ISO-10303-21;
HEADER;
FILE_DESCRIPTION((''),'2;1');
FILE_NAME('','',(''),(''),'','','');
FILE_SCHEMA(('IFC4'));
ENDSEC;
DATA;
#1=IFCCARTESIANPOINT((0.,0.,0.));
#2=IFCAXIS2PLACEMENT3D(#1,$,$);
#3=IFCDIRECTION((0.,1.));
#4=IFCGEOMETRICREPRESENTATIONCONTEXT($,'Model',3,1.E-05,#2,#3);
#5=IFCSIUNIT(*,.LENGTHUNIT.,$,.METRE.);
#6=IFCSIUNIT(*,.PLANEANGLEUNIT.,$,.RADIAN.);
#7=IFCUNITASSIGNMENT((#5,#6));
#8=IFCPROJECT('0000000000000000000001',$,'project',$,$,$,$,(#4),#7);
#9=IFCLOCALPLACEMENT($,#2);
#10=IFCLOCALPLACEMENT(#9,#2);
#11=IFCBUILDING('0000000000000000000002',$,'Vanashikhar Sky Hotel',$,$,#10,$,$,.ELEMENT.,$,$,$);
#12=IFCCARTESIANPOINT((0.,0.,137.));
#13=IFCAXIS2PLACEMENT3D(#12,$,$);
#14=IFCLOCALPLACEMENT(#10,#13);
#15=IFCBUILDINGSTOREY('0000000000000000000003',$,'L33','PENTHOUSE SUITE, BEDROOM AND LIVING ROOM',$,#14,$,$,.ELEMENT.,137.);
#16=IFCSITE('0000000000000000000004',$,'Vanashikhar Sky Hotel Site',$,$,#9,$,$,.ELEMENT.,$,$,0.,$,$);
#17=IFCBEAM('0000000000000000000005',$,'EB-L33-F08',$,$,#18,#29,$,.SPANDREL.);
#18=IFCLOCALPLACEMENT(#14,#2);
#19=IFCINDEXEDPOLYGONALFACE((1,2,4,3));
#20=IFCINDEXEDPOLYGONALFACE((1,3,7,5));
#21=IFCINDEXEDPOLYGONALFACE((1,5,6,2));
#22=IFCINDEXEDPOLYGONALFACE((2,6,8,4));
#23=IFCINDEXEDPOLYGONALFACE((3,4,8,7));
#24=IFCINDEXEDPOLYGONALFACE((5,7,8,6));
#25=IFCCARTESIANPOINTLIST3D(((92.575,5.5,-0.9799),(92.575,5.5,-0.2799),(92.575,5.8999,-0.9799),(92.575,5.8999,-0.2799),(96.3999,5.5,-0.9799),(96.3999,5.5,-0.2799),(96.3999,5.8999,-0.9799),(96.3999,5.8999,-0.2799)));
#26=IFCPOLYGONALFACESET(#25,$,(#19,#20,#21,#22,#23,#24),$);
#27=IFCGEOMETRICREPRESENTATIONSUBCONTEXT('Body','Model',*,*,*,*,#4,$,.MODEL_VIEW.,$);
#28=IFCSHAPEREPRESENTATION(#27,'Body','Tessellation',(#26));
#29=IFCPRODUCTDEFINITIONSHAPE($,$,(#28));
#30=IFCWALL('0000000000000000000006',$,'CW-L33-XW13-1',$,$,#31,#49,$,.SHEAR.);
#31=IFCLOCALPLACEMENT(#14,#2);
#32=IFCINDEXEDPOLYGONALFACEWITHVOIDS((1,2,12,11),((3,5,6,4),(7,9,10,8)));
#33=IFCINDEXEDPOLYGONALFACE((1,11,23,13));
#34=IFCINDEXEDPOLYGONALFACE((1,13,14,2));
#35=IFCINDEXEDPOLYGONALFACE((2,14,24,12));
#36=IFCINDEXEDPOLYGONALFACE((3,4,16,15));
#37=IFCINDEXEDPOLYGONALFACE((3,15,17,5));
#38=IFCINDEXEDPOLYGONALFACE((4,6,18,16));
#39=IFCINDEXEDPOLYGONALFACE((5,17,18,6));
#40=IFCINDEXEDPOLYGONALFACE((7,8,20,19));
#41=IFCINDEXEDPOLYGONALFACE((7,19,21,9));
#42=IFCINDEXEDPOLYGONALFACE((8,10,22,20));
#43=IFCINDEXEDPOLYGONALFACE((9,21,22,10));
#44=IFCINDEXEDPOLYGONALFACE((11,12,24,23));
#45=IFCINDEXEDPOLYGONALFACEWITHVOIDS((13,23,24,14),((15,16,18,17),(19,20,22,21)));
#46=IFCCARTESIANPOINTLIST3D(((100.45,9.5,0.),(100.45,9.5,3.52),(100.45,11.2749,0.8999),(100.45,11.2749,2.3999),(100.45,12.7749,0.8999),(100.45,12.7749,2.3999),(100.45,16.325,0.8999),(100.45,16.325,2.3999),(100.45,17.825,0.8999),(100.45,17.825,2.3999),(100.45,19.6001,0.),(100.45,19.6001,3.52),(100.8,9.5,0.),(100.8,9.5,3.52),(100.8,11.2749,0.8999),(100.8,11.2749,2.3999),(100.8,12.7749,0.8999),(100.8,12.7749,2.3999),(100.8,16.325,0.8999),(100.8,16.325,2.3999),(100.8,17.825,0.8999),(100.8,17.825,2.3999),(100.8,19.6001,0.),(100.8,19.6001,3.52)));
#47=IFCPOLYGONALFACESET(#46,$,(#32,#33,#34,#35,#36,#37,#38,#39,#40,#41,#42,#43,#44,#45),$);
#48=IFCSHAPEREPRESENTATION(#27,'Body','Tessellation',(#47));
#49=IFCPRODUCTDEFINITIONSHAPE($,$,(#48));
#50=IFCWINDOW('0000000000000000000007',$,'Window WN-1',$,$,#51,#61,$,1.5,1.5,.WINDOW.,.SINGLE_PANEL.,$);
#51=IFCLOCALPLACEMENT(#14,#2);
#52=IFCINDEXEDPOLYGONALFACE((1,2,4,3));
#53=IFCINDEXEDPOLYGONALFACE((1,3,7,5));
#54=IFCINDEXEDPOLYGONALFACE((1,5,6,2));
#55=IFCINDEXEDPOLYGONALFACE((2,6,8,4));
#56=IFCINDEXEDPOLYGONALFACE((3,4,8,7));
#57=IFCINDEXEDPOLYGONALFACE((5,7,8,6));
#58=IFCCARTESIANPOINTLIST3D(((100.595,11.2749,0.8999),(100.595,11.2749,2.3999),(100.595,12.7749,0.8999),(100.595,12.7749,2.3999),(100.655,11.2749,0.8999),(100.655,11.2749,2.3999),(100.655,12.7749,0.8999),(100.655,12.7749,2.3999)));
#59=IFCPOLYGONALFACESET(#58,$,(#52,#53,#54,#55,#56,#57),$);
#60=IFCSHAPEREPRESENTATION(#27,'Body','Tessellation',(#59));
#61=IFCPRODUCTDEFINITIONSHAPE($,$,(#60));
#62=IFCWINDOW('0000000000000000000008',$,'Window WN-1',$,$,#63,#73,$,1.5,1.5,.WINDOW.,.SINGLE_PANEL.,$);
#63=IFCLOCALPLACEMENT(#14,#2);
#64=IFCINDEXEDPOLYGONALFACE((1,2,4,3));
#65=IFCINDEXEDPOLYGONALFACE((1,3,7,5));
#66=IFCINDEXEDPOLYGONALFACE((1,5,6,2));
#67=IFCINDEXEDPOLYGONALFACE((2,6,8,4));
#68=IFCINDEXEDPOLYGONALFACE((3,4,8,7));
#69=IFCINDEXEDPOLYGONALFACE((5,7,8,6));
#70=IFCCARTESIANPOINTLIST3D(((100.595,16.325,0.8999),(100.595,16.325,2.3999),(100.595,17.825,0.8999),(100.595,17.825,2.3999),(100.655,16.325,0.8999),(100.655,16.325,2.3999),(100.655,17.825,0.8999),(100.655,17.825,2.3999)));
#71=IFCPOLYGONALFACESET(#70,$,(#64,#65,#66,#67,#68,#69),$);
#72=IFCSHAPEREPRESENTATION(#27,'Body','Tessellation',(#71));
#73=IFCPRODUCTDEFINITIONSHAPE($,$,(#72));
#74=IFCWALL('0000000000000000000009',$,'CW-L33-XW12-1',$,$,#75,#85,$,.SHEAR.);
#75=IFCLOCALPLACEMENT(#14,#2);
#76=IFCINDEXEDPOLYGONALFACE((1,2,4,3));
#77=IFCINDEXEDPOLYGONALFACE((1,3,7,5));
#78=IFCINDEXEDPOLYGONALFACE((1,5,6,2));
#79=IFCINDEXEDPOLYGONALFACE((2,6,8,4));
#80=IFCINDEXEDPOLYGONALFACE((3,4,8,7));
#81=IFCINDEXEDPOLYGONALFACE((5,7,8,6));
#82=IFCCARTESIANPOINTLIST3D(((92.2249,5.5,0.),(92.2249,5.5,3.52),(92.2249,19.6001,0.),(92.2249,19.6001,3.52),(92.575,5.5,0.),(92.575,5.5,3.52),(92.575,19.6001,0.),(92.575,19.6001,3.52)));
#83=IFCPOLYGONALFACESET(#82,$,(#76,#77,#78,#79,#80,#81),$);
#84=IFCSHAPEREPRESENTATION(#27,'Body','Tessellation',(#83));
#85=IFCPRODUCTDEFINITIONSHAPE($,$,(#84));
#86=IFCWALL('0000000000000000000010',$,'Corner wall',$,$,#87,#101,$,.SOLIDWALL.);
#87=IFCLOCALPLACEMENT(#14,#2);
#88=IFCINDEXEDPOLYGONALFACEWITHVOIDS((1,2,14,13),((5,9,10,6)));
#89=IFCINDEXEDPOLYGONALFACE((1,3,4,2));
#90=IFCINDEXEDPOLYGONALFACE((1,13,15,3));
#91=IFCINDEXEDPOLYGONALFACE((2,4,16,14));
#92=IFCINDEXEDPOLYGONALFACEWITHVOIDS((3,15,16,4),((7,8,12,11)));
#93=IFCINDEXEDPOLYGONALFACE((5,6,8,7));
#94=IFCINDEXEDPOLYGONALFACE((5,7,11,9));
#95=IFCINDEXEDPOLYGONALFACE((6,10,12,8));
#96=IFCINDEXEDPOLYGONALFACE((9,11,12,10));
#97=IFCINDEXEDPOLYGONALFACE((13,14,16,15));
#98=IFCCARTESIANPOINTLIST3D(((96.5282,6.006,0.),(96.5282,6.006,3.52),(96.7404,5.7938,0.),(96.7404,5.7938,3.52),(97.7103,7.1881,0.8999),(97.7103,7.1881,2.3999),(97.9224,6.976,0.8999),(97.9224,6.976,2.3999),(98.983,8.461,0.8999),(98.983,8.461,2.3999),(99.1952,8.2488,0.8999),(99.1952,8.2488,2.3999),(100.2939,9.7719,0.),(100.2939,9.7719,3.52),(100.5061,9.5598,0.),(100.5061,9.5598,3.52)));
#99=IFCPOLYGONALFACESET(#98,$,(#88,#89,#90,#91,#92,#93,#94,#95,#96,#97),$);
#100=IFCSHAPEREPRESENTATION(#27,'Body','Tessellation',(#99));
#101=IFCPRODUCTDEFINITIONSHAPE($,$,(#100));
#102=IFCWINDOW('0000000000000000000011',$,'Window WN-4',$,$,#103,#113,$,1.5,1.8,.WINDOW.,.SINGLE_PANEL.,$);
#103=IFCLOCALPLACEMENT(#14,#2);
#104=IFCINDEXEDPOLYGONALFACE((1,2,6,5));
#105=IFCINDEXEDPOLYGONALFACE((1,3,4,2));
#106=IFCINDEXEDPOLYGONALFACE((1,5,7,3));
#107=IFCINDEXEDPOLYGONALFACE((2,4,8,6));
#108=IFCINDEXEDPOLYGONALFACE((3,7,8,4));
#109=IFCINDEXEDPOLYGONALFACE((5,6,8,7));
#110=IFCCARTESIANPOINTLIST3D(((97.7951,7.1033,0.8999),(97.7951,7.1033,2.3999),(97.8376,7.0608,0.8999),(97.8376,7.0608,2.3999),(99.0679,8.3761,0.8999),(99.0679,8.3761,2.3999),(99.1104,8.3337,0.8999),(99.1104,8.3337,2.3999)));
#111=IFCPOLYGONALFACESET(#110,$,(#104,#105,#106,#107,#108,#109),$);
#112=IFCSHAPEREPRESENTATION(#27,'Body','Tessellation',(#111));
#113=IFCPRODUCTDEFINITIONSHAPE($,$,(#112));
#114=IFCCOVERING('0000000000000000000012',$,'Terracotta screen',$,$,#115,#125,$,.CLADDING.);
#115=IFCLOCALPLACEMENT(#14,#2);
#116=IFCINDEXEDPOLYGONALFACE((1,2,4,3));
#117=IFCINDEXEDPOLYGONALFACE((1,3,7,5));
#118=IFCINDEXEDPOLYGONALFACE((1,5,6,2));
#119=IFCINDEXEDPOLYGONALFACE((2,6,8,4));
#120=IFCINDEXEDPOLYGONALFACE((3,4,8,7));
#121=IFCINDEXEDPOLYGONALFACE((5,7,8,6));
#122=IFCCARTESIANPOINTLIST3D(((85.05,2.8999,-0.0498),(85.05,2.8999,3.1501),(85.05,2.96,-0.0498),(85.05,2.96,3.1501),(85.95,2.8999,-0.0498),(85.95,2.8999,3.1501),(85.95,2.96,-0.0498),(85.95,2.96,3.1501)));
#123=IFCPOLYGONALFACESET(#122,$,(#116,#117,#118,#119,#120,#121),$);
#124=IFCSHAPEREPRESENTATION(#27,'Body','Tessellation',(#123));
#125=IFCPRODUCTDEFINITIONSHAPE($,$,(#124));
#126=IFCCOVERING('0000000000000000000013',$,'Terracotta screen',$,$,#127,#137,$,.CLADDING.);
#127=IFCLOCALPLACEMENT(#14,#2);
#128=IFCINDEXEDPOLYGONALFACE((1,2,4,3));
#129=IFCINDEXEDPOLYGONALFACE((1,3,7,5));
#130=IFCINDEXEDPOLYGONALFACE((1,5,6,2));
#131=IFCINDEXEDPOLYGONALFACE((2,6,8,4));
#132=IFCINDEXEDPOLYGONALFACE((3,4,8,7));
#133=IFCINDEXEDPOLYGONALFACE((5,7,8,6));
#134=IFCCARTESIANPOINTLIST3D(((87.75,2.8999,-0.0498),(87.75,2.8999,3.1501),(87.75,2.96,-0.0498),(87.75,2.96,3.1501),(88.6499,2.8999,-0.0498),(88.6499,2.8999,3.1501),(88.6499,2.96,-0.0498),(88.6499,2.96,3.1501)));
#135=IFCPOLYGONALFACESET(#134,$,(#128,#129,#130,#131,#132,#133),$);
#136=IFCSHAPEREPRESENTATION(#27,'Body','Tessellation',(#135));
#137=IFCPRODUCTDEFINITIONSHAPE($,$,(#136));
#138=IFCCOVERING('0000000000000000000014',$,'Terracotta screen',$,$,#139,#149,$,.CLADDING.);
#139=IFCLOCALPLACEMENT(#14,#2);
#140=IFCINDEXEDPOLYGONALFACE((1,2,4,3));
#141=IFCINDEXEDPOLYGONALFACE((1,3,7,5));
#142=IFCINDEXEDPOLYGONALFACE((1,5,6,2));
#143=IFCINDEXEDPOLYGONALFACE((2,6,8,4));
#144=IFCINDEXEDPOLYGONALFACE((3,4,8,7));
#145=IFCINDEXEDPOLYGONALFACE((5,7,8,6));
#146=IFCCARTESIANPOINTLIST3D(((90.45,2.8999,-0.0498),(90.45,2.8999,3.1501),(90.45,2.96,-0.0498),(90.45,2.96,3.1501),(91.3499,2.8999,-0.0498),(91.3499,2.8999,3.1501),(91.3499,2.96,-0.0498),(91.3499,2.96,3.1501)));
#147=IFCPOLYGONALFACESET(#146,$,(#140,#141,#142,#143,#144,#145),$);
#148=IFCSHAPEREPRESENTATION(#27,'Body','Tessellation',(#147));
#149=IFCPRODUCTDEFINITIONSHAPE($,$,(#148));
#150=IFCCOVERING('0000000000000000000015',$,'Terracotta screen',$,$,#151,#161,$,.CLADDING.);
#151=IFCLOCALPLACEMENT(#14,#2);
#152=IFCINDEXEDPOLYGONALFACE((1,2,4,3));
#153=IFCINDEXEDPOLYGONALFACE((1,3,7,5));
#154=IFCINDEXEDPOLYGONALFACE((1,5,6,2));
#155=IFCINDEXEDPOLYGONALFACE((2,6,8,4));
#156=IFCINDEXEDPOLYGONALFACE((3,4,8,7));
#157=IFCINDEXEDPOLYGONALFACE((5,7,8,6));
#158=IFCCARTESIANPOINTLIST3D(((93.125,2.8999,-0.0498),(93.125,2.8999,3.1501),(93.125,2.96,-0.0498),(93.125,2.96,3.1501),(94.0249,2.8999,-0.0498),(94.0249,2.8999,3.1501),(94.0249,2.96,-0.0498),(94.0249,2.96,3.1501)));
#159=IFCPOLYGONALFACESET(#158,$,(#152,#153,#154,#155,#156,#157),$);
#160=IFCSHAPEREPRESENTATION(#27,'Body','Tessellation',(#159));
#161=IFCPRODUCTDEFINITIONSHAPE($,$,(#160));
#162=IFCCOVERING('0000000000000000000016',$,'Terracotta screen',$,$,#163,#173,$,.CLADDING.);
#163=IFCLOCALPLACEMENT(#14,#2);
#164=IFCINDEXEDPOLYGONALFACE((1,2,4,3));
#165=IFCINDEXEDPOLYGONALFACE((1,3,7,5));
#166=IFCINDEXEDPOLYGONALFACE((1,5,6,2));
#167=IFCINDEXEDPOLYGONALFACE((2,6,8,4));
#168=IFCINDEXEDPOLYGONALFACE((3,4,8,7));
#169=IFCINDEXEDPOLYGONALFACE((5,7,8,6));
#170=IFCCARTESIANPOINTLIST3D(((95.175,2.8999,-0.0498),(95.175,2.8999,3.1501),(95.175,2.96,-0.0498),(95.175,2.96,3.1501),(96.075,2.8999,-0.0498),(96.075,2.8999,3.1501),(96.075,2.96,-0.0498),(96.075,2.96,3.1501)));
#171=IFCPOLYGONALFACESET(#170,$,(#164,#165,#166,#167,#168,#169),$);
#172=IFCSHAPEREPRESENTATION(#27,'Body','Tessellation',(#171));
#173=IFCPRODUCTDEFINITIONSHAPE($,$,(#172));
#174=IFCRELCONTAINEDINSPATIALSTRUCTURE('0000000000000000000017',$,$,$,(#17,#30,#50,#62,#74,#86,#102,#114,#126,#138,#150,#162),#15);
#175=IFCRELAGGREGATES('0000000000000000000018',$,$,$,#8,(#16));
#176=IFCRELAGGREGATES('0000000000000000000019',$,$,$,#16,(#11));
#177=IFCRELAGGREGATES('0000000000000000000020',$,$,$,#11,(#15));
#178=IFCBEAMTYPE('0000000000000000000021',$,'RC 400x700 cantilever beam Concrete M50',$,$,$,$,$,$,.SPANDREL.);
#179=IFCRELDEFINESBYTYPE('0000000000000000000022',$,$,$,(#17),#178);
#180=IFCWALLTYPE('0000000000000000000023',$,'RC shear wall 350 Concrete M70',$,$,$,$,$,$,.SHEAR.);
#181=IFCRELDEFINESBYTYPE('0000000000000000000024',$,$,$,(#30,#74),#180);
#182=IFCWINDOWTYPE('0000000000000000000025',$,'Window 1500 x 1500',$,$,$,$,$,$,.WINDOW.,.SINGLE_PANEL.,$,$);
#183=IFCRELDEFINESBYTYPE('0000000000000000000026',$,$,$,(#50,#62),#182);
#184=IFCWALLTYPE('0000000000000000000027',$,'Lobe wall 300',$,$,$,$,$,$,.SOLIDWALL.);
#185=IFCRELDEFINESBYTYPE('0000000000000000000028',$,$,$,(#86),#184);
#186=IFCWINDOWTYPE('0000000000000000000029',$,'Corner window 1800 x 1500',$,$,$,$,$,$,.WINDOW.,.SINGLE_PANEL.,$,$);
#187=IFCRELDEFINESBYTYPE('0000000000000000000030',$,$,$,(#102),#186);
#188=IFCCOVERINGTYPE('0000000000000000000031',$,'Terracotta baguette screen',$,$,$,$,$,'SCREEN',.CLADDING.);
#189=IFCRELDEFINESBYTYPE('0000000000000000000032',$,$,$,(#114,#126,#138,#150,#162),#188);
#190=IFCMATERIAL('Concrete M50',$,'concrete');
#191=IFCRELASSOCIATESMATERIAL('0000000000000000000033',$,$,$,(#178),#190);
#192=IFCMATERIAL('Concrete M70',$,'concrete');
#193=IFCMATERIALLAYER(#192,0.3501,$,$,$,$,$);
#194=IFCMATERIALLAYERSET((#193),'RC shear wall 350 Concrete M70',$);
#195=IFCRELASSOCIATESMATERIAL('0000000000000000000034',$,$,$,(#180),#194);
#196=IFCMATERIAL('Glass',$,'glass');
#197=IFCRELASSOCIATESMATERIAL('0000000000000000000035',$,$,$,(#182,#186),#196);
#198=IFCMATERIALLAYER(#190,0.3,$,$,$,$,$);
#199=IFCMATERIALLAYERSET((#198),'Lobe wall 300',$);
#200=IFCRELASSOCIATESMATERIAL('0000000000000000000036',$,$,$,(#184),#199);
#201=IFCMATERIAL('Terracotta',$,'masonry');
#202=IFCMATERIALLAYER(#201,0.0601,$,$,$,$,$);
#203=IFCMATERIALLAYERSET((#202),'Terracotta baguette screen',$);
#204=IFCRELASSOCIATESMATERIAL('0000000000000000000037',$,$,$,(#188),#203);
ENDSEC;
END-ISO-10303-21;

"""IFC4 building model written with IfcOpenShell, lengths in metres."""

from ifc_helpers import new_model, si_unit, direction, frame, frame_2d, origin, origin_2d, place, context, subcontext, project, spatial, rectangle, extrude, source, transform, mapped, material, layer, layer_set, material_profile, profile_set, type_object, element, fill, save


model = new_model("IFC4")

# Units and contexts
model_context = context("Model", 3, precision=1e-05, world=origin(), true_north=direction((0.0, 1.0)))
body_context = subcontext(model_context, "Body", "Model", "MODEL_VIEW")
ifc_project = project(units=[si_unit("LENGTHUNIT", "METRE"), si_unit("PLANEANGLEUNIT", "RADIAN")], contexts=[model_context])

# Site, building, storey
site_placement = place(None, origin())
site = spatial("IfcSite", under=ifc_project, at=site_placement, Name="Vanashikhar Sky Hotel Site", CompositionType="ELEMENT", RefElevation=0.0)
building_placement = place(site_placement, origin())
building = spatial("IfcBuilding", under=site, at=building_placement, Name="Vanashikhar Sky Hotel", CompositionType="ELEMENT")
storey_placement = place(building_placement, frame((0.0, 0.0, 137.0)))
storey = spatial("IfcBuildingStorey", under=building, at=storey_placement, Name="L33", Description="PENTHOUSE SUITE, BEDROOM AND LIVING ROOM", CompositionType="ELEMENT", Elevation=137.0)

# Beam
ifc_material_1 = material(Name="Concrete M50", Category="concrete")
ifc_material_profile = material_profile(ifc_material_1, rectangle(XDim=0.3999, YDim=0.7, at=origin_2d()))
ifc_profile_set = profile_set([ifc_material_profile], Name="RC 400x700 cantilever beam Concrete M50")
beam_type = type_object("IfcBeamType", Name="RC 400x700 cantilever beam Concrete M50", PredefinedType="SPANDREL", material=ifc_profile_set)
shared_shape_1 = source(origin(), body_context, "Body", "SweptSolid", [
    extrude(rectangle(XDim=0.3999, YDim=0.7, at=origin_2d()), origin(), (0.0, 0.0, 1.0), 3.825),
])
beam_placement = place(storey_placement, frame((92.575, 5.7, -0.6299), z_axis=(1.0, 0.0, 0.0), x_axis=(0.0, 1.0, 0.0)))
element("IfcBeam", 1, at=beam_placement, inside=storey, type_object=beam_type, Name="EB-L33-F08", PredefinedType="SPANDREL", context=body_context, shape_type="MappedRepresentation", body=[
    mapped(shared_shape_1, transform((0.0, 0.0, 0.0), scale=1.0)),
])

# Wall, openings, windows
ifc_material_2 = material(Name="Concrete M70", Category="concrete")
ifc_layer_1 = layer(ifc_material_2, 0.3501)
ifc_layer_set_1 = layer_set([ifc_layer_1], Name="RC shear wall 350 Concrete M70")
wall_type_1 = type_object("IfcWallType", Name="RC shear wall 350 Concrete M70", PredefinedType="SHEAR", material=ifc_layer_set_1)
shared_shape_2 = source(origin(), body_context, "Body", "SweptSolid", [
    extrude(rectangle(XDim=10.1001, YDim=0.3501, at=frame_2d((5.05, 0.0))), origin(), (0.0, 0.0, 1.0), 3.52),
])
wall_1_placement = place(storey_placement, frame((100.625, 9.5, 0.0), z_axis=(0.0, 0.0, 1.0), x_axis=(0.0, 1.0, 0.0)))
wall_1 = element("IfcWall", 2, at=wall_1_placement, inside=storey, type_object=wall_type_1, Name="CW-L33-XW13-1", PredefinedType="SHEAR", context=body_context, shape_type="MappedRepresentation", body=[
    mapped(shared_shape_2, transform((0.0, 0.0, 0.0), scale=1.0)),
])
shared_shape_3 = source(origin(), body_context, "Body", "SweptSolid", [
    extrude(rectangle(XDim=1.5, YDim=1.5, at=frame_2d((0.75, 0.75))), frame((0.0, 0.1851, 0.0), z_axis=(0.0, -1.0, 0.0), x_axis=(1.0, 0.0, 0.0)), (0.0, 0.0, 1.0), 0.3701),
])
opening_1_placement = place(wall_1_placement, frame((1.7749, 0.0, 0.8999)))
opening_1 = element("IfcOpeningElement", 3, at=opening_1_placement, cuts=wall_1, PredefinedType="OPENING", context=body_context, shape_type="MappedRepresentation", body=[
    mapped(shared_shape_3, transform((0.0, 0.0, 0.0), scale=1.0)),
])
opening_2_placement = place(wall_1_placement, frame((6.825, 0.0, 0.8999)))
opening_2 = element("IfcOpeningElement", 4, at=opening_2_placement, cuts=wall_1, PredefinedType="OPENING", context=body_context, shape_type="MappedRepresentation", body=[
    mapped(shared_shape_3, transform((0.0, 0.0, 0.0), scale=1.0)),
])
ifc_material_3 = material(Name="Glass", Category="glass")
window_type_1 = type_object("IfcWindowType", Name="Window 1500 x 1500", PartitioningType="SINGLE_PANEL", PredefinedType="WINDOW", material=ifc_material_3)
shared_shape_4 = source(origin(), body_context, "Body", "SweptSolid", [
    extrude(rectangle(XDim=1.5, YDim=1.5, at=frame_2d((0.75, 0.75))), frame((0.0, 0.03, 0.0), z_axis=(0.0, -1.0, 0.0), x_axis=(1.0, 0.0, 0.0)), (0.0, 0.0, 1.0), 0.0601),
])
window_1_placement = place(opening_1_placement, origin())
window_1 = element("IfcWindow", 5, at=window_1_placement, inside=storey, type_object=window_type_1, Name="Window WN-1", OverallHeight=1.5, OverallWidth=1.5, PartitioningType="SINGLE_PANEL", PredefinedType="WINDOW", context=body_context, shape_type="MappedRepresentation", body=[
    mapped(shared_shape_4, transform((0.0, 0.0, 0.0), scale=1.0)),
])
fill(opening_1, window_1)
window_2_placement = place(opening_2_placement, origin())
window_2 = element("IfcWindow", 6, at=window_2_placement, inside=storey, type_object=window_type_1, Name="Window WN-1", OverallHeight=1.5, OverallWidth=1.5, PartitioningType="SINGLE_PANEL", PredefinedType="WINDOW", context=body_context, shape_type="MappedRepresentation", body=[
    mapped(shared_shape_4, transform((0.0, 0.0, 0.0), scale=1.0)),
])
fill(opening_2, window_2)

# Wall
shared_shape_5 = source(origin(), body_context, "Body", "SweptSolid", [
    extrude(rectangle(XDim=14.1001, YDim=0.3501, at=frame_2d((7.05, 0.0))), origin(), (0.0, 0.0, 1.0), 3.52),
])
wall_2_placement = place(storey_placement, frame((92.3999, 5.5, 0.0), z_axis=(0.0, 0.0, 1.0), x_axis=(0.0, 1.0, 0.0)))
element("IfcWall", 7, at=wall_2_placement, inside=storey, type_object=wall_type_1, Name="CW-L33-XW12-1", PredefinedType="SHEAR", context=body_context, shape_type="MappedRepresentation", body=[
    mapped(shared_shape_5, transform((0.0, 0.0, 0.0), scale=1.0)),
])

# Wall, opening, window
ifc_layer_2 = layer(ifc_material_1, 0.3)
ifc_layer_set_2 = layer_set([ifc_layer_2], Name="Lobe wall 300")
wall_type_2 = type_object("IfcWallType", Name="Lobe wall 300", PredefinedType="SOLIDWALL", material=ifc_layer_set_2)
shared_shape_6 = source(origin(), body_context, "Body", "SweptSolid", [
    extrude(rectangle(XDim=5.3257, YDim=0.3, at=frame_2d((2.6628, 0.0))), origin(), (0.0, 0.0, 1.0), 3.52),
])
wall_3_placement = place(storey_placement, frame((96.6343, 5.8999, 0.0), z_axis=(0.0, 0.0, 1.0), x_axis=(0.707084, 0.70713, 0.0)))
wall_3 = element("IfcWall", 8, at=wall_3_placement, inside=storey, type_object=wall_type_2, Name="Corner wall", PredefinedType="SOLIDWALL", context=body_context, shape_type="MappedRepresentation", body=[
    mapped(shared_shape_6, transform((0.0, 0.0, 0.0), scale=1.0)),
])
shared_shape_7 = source(origin(), body_context, "Body", "SweptSolid", [
    extrude(rectangle(XDim=1.8, YDim=1.5, at=frame_2d((0.8999, 0.75))), frame((0.0, 0.1602, 0.0), z_axis=(0.0, -1.0, 0.0), x_axis=(1.0, 0.0, 0.0)), (0.0, 0.0, 1.0), 0.3201),
])
opening_3_placement = place(wall_3_placement, frame((1.6719, 0.0, 0.8999)))
opening_3 = element("IfcOpeningElement", 9, at=opening_3_placement, cuts=wall_3, PredefinedType="OPENING", context=body_context, shape_type="MappedRepresentation", body=[
    mapped(shared_shape_7, transform((0.0, 0.0, 0.0), scale=1.0)),
])
window_type_2 = type_object("IfcWindowType", Name="Corner window 1800 x 1500", PartitioningType="SINGLE_PANEL", PredefinedType="WINDOW", material=ifc_material_3)
shared_shape_8 = source(origin(), body_context, "Body", "SweptSolid", [
    extrude(rectangle(XDim=1.8, YDim=1.5, at=frame_2d((0.8999, 0.75))), frame((0.0, 0.03, 0.0), z_axis=(0.0, -1.0, 0.0), x_axis=(1.0, 0.0, 0.0)), (0.0, 0.0, 1.0), 0.0601),
])
window_3_placement = place(opening_3_placement, origin())
window_3 = element("IfcWindow", 10, at=window_3_placement, inside=storey, type_object=window_type_2, Name="Window WN-4", OverallHeight=1.5, OverallWidth=1.8, PartitioningType="SINGLE_PANEL", PredefinedType="WINDOW", context=body_context, shape_type="MappedRepresentation", body=[
    mapped(shared_shape_8, transform((0.0, 0.0, 0.0), scale=1.0)),
])
fill(opening_3, window_3)

# Coverings
ifc_material_4 = material(Name="Terracotta", Category="masonry")
ifc_layer_3 = layer(ifc_material_4, 0.0601)
ifc_layer_set_3 = layer_set([ifc_layer_3], Name="Terracotta baguette screen")
covering_type = type_object("IfcCoveringType", Name="Terracotta baguette screen", ElementType="SCREEN", PredefinedType="CLADDING", material=ifc_layer_set_3)
shared_shape_9 = source(origin(), body_context, "Body", "SweptSolid", [
    extrude(rectangle(XDim=0.8999, YDim=0.0601, at=origin_2d()), origin(), (0.0, 0.0, 1.0), 3.2),
])
for number, where, z_axis, x_axis, name in (
    (11, (85.5, 2.9299, -0.0498), (0.0, 0.0, 1.0), (1.0, 0.0, 0.0), "Terracotta screen"),
    (12, (88.2, 2.9299, -0.0498), (0.0, 0.0, 1.0), (1.0, 0.0, 0.0), "Terracotta screen"),
    (13, (90.8999, 2.9299, -0.0498), (0.0, 0.0, 1.0), (1.0, 0.0, 0.0), "Terracotta screen"),
    (14, (93.575, 2.9299, -0.0498), (0.0, 0.0, 1.0), (1.0, 0.0, 0.0), "Terracotta screen"),
    (15, (95.625, 2.9299, -0.0498), (0.0, 0.0, 1.0), (1.0, 0.0, 0.0), "Terracotta screen"),
):
    element("IfcCovering", number, at=place(storey_placement, frame(where, z_axis=z_axis, x_axis=x_axis)), inside=storey, type_object=covering_type, Name=name, PredefinedType="CLADDING", context=body_context, shape_type="MappedRepresentation", body=[
        mapped(shared_shape_9, transform((0.0, 0.0, 0.0), scale=1.0)),
    ])

save(model, "model.ifc")
